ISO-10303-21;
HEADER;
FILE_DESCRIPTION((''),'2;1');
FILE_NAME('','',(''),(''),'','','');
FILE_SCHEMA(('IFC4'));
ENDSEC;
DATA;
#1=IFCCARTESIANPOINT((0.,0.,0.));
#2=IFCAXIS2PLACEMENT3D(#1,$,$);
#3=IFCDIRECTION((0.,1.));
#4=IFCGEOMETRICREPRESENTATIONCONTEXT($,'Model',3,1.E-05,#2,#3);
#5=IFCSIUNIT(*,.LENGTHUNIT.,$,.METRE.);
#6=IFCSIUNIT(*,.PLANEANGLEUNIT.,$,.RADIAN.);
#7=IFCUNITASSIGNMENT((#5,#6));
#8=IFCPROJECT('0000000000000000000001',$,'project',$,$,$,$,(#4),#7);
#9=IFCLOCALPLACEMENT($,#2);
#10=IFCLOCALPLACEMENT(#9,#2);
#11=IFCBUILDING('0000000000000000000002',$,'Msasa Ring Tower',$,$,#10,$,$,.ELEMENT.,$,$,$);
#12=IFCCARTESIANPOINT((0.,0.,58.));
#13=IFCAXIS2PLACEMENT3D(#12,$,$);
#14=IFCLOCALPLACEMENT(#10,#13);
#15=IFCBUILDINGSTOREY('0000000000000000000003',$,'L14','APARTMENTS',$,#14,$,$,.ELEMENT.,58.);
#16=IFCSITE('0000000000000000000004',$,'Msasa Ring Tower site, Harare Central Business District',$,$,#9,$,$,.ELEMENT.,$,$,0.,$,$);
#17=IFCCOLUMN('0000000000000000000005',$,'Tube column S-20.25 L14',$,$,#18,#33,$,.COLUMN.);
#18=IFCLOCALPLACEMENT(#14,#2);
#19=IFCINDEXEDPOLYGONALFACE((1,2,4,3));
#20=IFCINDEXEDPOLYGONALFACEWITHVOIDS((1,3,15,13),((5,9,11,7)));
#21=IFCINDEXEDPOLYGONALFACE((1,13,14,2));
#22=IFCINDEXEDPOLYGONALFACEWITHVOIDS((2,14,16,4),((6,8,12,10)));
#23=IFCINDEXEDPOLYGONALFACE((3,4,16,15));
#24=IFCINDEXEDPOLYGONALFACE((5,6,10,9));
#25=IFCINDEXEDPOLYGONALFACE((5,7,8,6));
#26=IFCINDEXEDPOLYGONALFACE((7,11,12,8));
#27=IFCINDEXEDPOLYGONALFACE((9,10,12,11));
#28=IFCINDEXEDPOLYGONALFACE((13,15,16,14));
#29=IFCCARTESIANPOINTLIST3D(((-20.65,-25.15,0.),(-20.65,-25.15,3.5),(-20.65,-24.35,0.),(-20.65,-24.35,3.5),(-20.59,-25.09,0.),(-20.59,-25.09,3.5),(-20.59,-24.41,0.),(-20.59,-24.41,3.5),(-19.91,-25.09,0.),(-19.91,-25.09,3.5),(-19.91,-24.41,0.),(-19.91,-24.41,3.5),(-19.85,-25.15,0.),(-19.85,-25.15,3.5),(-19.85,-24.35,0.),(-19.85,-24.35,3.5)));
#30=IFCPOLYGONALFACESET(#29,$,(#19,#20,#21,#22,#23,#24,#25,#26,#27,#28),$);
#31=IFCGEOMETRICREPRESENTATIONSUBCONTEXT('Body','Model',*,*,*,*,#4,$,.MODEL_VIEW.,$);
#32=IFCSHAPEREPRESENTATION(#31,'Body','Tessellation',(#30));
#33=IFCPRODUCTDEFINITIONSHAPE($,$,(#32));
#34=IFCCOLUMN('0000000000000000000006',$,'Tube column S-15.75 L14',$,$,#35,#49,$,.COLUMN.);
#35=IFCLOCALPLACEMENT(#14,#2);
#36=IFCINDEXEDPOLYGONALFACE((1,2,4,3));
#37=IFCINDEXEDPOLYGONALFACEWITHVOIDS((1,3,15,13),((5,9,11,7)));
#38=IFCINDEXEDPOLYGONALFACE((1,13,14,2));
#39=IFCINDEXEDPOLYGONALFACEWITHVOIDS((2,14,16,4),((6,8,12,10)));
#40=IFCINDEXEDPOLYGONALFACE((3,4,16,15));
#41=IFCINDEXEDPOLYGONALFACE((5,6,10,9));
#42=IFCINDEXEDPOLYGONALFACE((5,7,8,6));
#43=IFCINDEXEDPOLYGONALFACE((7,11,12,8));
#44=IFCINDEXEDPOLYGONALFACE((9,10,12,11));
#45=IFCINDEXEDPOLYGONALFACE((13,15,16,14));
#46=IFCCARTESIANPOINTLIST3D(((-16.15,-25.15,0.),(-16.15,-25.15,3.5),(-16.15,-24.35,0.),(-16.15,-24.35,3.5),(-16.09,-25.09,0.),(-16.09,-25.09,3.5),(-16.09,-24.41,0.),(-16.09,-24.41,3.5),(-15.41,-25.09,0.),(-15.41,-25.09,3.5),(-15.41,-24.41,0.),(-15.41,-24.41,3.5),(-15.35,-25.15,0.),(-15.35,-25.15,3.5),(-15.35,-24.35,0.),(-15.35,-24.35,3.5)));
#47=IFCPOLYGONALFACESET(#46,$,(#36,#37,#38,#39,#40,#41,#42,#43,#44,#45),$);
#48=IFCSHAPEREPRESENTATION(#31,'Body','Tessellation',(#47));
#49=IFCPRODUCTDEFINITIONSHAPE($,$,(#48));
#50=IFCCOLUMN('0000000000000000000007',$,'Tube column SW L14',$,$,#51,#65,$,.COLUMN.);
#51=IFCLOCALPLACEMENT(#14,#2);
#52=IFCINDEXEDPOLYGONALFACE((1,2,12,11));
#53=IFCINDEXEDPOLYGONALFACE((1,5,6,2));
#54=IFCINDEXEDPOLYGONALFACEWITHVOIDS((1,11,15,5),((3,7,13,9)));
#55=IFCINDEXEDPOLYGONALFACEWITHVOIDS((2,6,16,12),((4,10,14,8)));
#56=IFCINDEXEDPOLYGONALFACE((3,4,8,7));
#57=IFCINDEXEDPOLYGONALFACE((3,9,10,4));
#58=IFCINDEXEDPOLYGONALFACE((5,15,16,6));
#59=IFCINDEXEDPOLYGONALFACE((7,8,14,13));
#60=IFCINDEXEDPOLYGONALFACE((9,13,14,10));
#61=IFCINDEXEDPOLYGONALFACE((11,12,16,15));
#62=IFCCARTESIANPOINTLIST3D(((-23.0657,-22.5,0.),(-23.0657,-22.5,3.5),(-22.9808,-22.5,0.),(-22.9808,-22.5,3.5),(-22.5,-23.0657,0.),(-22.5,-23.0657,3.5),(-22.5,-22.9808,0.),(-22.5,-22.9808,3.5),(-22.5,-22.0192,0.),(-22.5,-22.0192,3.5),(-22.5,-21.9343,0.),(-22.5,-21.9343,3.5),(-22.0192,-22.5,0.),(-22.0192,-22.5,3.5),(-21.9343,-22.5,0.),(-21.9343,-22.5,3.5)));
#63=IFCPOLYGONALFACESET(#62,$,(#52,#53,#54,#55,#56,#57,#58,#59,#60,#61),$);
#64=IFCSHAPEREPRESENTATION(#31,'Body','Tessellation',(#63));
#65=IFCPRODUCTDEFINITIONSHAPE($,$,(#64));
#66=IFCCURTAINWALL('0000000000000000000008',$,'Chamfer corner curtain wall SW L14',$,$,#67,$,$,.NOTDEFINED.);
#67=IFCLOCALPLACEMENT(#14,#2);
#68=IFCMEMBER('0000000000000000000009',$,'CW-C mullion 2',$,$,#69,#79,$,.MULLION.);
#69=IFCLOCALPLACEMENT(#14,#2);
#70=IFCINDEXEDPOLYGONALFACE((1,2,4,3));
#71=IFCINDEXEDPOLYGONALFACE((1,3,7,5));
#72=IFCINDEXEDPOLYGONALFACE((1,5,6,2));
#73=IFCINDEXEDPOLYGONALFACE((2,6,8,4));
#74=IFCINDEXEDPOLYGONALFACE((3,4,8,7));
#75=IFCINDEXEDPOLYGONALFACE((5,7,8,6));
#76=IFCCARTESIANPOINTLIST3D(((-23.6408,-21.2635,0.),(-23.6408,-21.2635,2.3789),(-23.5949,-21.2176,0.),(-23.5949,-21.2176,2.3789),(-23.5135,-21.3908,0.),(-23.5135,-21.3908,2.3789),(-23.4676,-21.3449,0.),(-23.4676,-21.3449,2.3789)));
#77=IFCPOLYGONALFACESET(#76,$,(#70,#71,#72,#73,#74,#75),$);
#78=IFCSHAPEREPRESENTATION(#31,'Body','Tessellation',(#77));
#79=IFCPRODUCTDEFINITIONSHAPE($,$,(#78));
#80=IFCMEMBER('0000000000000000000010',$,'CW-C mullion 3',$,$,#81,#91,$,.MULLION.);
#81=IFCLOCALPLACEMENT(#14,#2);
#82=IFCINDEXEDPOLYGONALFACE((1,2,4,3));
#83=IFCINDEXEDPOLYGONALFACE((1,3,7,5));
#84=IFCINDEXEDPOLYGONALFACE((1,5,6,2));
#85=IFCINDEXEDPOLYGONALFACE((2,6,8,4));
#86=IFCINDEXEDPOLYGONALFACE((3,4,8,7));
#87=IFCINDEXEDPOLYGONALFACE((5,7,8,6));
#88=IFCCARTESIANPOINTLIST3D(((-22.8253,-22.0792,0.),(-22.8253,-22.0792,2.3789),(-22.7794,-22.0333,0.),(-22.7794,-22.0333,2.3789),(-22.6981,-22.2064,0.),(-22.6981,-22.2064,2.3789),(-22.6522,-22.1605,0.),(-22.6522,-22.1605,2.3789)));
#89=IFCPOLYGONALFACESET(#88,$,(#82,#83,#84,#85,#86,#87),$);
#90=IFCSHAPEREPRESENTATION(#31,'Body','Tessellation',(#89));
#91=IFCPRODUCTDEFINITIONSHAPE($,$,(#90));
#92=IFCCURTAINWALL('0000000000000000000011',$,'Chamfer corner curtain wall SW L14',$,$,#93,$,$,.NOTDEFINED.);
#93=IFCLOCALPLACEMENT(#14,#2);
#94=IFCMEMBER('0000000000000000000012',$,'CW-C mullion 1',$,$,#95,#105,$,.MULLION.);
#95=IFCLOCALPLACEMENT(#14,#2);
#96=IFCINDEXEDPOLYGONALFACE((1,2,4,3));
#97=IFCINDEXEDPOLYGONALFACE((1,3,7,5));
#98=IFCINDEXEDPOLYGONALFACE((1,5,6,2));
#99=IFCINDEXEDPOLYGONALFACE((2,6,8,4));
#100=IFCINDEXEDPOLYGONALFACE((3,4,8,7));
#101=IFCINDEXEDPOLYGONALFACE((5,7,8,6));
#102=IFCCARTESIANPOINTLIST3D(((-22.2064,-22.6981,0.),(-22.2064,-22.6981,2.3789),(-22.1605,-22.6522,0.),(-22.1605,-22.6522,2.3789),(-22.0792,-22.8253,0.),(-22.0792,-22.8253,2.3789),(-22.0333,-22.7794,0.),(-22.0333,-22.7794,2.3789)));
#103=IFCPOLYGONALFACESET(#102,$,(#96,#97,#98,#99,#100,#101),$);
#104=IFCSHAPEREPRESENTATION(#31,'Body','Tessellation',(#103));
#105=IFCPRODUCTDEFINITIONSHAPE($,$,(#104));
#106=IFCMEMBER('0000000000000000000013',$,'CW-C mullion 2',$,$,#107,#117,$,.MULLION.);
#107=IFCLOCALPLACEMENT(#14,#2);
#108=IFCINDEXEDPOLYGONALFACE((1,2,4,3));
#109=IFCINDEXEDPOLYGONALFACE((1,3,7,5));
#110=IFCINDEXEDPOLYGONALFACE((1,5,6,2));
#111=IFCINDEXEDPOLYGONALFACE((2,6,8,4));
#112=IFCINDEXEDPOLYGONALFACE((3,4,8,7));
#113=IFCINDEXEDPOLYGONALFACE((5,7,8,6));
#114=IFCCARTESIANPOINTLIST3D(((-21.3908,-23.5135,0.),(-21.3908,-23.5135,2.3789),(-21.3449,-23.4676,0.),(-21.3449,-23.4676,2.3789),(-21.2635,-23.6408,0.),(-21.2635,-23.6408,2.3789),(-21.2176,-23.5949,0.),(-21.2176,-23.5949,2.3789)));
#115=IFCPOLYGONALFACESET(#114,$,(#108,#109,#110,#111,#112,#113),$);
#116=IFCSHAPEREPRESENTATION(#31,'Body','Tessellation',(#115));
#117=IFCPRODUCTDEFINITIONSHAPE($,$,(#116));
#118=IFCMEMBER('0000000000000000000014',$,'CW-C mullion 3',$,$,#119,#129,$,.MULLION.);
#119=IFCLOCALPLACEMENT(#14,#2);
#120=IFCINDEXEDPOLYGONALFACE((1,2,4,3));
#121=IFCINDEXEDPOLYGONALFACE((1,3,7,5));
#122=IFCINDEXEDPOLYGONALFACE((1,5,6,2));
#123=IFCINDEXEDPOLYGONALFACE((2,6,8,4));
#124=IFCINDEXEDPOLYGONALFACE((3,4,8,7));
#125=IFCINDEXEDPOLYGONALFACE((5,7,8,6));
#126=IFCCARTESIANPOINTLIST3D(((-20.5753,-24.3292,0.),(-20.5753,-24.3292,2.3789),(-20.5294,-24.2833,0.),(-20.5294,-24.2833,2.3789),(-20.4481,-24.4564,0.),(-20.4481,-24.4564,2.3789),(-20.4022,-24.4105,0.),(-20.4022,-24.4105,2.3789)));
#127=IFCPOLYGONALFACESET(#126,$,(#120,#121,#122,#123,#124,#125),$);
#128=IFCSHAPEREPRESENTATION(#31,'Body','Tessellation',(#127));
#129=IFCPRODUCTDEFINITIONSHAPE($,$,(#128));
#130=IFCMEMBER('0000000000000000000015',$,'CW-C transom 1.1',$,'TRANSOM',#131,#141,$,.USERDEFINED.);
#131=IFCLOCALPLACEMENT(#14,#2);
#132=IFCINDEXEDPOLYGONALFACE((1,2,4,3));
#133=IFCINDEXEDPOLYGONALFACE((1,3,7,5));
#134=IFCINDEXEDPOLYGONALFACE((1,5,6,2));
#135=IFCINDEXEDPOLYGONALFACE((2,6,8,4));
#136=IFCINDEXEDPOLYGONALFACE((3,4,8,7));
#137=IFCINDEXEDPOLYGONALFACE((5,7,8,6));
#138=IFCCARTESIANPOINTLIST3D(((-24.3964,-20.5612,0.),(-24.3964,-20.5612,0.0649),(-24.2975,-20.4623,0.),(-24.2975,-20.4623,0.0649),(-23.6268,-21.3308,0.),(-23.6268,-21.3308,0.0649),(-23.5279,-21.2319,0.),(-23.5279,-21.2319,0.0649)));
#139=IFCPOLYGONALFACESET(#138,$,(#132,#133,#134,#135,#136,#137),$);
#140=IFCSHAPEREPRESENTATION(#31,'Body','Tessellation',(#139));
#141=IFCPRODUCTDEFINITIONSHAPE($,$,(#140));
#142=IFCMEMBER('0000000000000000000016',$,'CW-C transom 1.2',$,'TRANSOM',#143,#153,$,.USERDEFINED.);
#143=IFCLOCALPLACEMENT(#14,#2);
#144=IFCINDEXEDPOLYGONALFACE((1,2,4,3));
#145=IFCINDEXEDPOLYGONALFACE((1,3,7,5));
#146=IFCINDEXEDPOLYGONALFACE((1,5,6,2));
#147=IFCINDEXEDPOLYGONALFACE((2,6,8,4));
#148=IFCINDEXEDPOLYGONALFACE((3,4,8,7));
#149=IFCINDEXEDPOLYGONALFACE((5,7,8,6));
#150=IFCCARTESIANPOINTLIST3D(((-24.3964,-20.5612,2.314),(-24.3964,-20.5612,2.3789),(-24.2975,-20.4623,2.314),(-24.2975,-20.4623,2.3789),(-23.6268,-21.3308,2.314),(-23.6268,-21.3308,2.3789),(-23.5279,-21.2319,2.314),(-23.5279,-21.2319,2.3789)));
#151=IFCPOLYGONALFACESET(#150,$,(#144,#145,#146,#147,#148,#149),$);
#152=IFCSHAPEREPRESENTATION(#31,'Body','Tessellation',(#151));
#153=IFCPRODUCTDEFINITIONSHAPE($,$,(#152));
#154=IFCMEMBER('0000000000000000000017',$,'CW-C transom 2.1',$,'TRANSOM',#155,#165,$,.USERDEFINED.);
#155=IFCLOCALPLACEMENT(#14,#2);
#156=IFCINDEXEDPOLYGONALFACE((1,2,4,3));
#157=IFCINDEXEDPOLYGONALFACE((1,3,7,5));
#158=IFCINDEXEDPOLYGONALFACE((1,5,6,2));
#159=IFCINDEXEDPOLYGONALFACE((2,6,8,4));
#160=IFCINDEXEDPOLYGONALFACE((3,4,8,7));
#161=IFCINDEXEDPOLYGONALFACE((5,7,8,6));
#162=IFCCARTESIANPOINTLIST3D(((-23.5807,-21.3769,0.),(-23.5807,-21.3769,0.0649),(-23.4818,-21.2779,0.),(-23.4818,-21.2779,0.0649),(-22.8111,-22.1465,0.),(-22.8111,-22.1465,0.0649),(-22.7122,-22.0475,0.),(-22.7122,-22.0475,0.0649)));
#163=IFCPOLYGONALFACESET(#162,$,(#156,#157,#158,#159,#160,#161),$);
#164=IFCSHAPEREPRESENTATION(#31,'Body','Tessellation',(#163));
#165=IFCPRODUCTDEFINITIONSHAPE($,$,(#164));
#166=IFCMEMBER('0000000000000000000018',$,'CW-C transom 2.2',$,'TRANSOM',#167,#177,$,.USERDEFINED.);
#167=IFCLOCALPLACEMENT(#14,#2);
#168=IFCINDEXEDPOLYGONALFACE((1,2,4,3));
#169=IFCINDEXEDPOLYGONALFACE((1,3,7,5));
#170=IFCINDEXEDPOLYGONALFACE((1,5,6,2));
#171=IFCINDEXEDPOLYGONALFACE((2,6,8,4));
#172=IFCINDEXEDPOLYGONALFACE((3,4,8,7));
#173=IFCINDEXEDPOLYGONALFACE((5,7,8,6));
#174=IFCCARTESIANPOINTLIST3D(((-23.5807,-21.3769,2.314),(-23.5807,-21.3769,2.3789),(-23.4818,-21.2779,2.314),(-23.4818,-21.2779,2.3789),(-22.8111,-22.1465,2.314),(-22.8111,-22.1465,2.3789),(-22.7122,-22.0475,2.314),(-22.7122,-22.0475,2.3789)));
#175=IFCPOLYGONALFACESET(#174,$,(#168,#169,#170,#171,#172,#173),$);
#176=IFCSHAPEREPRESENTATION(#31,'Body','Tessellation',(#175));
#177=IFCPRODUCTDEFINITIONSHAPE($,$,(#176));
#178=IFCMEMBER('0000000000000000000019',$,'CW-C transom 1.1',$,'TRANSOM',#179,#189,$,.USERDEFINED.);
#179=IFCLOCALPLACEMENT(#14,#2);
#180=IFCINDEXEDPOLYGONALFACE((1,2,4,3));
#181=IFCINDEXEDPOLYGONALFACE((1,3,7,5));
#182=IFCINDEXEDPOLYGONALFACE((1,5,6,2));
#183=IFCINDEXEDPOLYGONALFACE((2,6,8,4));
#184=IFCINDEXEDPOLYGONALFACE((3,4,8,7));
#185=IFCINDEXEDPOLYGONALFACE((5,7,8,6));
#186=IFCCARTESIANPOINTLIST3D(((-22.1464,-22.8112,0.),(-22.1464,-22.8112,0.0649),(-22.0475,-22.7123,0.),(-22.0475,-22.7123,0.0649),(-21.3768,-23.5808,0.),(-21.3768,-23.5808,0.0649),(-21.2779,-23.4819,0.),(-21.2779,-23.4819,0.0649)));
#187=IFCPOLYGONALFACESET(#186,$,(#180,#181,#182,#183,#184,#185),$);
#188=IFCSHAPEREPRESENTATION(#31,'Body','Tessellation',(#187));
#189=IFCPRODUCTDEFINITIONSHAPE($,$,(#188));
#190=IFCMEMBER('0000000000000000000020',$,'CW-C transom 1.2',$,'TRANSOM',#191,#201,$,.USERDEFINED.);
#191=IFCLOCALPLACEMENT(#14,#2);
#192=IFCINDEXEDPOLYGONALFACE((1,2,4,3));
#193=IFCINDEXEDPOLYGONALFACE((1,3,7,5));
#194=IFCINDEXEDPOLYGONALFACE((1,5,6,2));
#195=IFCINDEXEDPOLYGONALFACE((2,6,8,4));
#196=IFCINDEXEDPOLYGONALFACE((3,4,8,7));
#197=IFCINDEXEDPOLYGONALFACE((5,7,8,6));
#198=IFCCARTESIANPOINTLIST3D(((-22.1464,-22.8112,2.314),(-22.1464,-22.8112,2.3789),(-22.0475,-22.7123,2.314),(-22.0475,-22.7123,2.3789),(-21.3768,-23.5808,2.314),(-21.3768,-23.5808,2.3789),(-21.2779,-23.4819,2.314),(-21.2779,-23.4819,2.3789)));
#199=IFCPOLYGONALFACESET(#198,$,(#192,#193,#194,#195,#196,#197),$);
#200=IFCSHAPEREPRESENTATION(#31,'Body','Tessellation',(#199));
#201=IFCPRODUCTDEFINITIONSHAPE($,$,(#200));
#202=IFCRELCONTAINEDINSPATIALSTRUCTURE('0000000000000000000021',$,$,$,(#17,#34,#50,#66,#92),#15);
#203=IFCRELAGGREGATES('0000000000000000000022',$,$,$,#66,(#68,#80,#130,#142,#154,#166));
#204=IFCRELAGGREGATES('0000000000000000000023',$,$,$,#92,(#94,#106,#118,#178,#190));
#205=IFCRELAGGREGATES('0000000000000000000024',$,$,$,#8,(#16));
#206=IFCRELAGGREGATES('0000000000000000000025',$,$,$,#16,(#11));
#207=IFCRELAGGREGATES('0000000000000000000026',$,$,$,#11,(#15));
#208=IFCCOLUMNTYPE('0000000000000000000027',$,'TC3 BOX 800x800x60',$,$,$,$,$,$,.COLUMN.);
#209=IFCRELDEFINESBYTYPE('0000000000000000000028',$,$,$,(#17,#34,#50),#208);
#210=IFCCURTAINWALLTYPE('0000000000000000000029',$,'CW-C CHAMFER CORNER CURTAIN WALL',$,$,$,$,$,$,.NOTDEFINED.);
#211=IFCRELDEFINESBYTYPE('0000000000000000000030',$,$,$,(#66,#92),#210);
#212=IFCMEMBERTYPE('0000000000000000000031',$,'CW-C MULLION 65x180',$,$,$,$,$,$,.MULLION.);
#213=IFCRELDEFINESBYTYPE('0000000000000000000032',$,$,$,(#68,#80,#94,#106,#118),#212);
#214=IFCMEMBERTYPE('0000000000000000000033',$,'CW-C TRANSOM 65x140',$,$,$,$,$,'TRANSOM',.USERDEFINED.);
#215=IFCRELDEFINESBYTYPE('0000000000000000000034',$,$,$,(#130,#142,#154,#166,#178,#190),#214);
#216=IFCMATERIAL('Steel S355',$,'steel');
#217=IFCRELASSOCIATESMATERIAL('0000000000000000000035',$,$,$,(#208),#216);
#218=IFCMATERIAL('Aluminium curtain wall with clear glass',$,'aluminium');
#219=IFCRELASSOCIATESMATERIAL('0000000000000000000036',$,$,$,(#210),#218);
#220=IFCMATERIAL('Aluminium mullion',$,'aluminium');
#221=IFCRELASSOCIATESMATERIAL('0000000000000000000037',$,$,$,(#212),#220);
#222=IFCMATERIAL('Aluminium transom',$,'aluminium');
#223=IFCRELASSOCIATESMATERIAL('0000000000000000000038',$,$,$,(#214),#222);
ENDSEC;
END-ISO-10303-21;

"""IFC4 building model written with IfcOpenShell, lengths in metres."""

from ifc_helpers import new_model, si_unit, direction, frame, origin, origin_2d, place, context, subcontext, project, spatial, rectangle, hollow_rectangle, extrude, material, material_profile, profile_set, type_object, element, aggregate, save


model = new_model("IFC4")

# Units and contexts
model_context = context("Model", 3, precision=1e-05, world=origin(), true_north=direction((0.0, 1.0)))
body_context = subcontext(model_context, "Body", "Model", "MODEL_VIEW")
ifc_project = project(units=[si_unit("LENGTHUNIT", "METRE"), si_unit("PLANEANGLEUNIT", "RADIAN")], contexts=[model_context])

# Site, building, storey
site_placement = place(None, origin())
site = spatial("IfcSite", under=ifc_project, at=site_placement, Name="Msasa Ring Tower site, Harare Central Business District", CompositionType="ELEMENT", RefElevation=0.0)
building_placement = place(site_placement, origin())
building = spatial("IfcBuilding", under=site, at=building_placement, Name="Msasa Ring Tower", CompositionType="ELEMENT")
storey_placement = place(building_placement, frame((0.0, 0.0, 58.0)))
storey = spatial("IfcBuildingStorey", under=building, at=storey_placement, Name="L14", Description="APARTMENTS", CompositionType="ELEMENT", Elevation=58.0)

# Columns
ifc_material_1 = material(Name="Steel S355", Category="steel")
ifc_material_profile_1 = material_profile(ifc_material_1, hollow_rectangle(XDim=0.8, YDim=0.8, WallThickness=0.0601, at=origin_2d()), Name="BOX 800x800x60")
ifc_profile_set_1 = profile_set([ifc_material_profile_1], Name="Steel S355")
column_type = type_object("IfcColumnType", Name="TC3 BOX 800x800x60", PredefinedType="COLUMN", material=ifc_profile_set_1)
for number, where, z_axis, x_axis, name in (
    (1, (-20.25, -24.75, 0.0), (0.0, 0.0, 1.0), (0.0, 1.0, 0.0), "Tube column S-20.25 L14"),
    (2, (-15.75, -24.75, 0.0), (0.0, 0.0, 1.0), (0.0, 1.0, 0.0), "Tube column S-15.75 L14"),
    (3, (-22.5, -22.5, 0.0), (0.0, 0.0, 1.0), (0.707107, 0.707107, 0.0), "Tube column SW L14"),
):
    element("IfcColumn", number, at=place(storey_placement, frame(where, z_axis=z_axis, x_axis=x_axis)), inside=storey, type_object=column_type, Name=name, PredefinedType="COLUMN", context=body_context, shape_type="SweptSolid", body=[
        extrude(hollow_rectangle(XDim=0.8, YDim=0.8, WallThickness=0.0601, at=origin_2d()), origin(), (0.0, 0.0, 1.0), 3.5),
    ])

# Curtain walls, members
ifc_material_2 = material(Name="Aluminium curtain wall with clear glass", Category="aluminium")
curtain_wall_type = type_object("IfcCurtainWallType", Name="CW-C CHAMFER CORNER CURTAIN WALL", PredefinedType="NOTDEFINED", material=ifc_material_2)
curtain_wall_1_placement = place(storey_placement, origin())
curtain_wall_1 = element("IfcCurtainWall", 4, at=curtain_wall_1_placement, inside=storey, type_object=curtain_wall_type, Name="Chamfer corner curtain wall SW L14", PredefinedType="NOTDEFINED")
ifc_material_3 = material(Name="Aluminium mullion", Category="aluminium")
ifc_material_profile_2 = material_profile(ifc_material_3, rectangle(XDim=0.0649, YDim=0.1799, at=origin_2d()), Name="AL 65x180")
ifc_profile_set_2 = profile_set([ifc_material_profile_2], Name="Aluminium mullion")
member_type_1 = type_object("IfcMemberType", Name="CW-C MULLION 65x180", PredefinedType="MULLION", material=ifc_profile_set_2)
member_1_placement = place(storey_placement, frame((-23.5542, -21.3042, 0.0), z_axis=(0.0, 0.0, 1.0), x_axis=(0.707107, 0.707107, 0.0)))
member_1 = element("IfcMember", 5, at=member_1_placement, type_object=member_type_1, Name="CW-C mullion 2", PredefinedType="MULLION", context=body_context, shape_type="SweptSolid", body=[
    extrude(rectangle(XDim=0.0649, YDim=0.1799, at=origin_2d()), origin(), (0.0, 0.0, 1.0), 2.3789),
])
member_2_placement = place(storey_placement, frame((-22.7388, -22.1199, 0.0), z_axis=(0.0, 0.0, 1.0), x_axis=(0.707107, 0.707107, 0.0)))
member_2 = element("IfcMember", 6, at=member_2_placement, type_object=member_type_1, Name="CW-C mullion 3", PredefinedType="MULLION", context=body_context, shape_type="SweptSolid", body=[
    extrude(rectangle(XDim=0.0649, YDim=0.1799, at=origin_2d()), origin(), (0.0, 0.0, 1.0), 2.3789),
])
curtain_wall_2_placement = place(storey_placement, origin())
curtain_wall_2 = element("IfcCurtainWall", 7, at=curtain_wall_2_placement, inside=storey, type_object=curtain_wall_type, Name="Chamfer corner curtain wall SW L14", PredefinedType="NOTDEFINED")
member_3_placement = place(storey_placement, frame((-22.1199, -22.7388, 0.0), z_axis=(0.0, 0.0, 1.0), x_axis=(0.707107, 0.707107, 0.0)))
member_3 = element("IfcMember", 8, at=member_3_placement, type_object=member_type_1, Name="CW-C mullion 1", PredefinedType="MULLION", context=body_context, shape_type="SweptSolid", body=[
    extrude(rectangle(XDim=0.0649, YDim=0.1799, at=origin_2d()), origin(), (0.0, 0.0, 1.0), 2.3789),
])
member_4_placement = place(storey_placement, frame((-21.3042, -23.5542, 0.0), z_axis=(0.0, 0.0, 1.0), x_axis=(0.707107, 0.707107, 0.0)))
member_4 = element("IfcMember", 9, at=member_4_placement, type_object=member_type_1, Name="CW-C mullion 2", PredefinedType="MULLION", context=body_context, shape_type="SweptSolid", body=[
    extrude(rectangle(XDim=0.0649, YDim=0.1799, at=origin_2d()), origin(), (0.0, 0.0, 1.0), 2.3789),
])
member_5_placement = place(storey_placement, frame((-20.4888, -24.3699, 0.0), z_axis=(0.0, 0.0, 1.0), x_axis=(0.707107, 0.707107, 0.0)))
member_5 = element("IfcMember", 10, at=member_5_placement, type_object=member_type_1, Name="CW-C mullion 3", PredefinedType="MULLION", context=body_context, shape_type="SweptSolid", body=[
    extrude(rectangle(XDim=0.0649, YDim=0.1799, at=origin_2d()), origin(), (0.0, 0.0, 1.0), 2.3789),
])

# Members
ifc_material_4 = material(Name="Aluminium transom", Category="aluminium")
ifc_material_profile_3 = material_profile(ifc_material_4, rectangle(XDim=0.1399, YDim=0.0649, at=origin_2d()), Name="AL 65x140")
ifc_profile_set_3 = profile_set([ifc_material_profile_3], Name="Aluminium transom")
member_type_2 = type_object("IfcMemberType", Name="CW-C TRANSOM 65x140", ElementType="TRANSOM", PredefinedType="USERDEFINED", material=ifc_profile_set_3)
member_6_placement = place(storey_placement, frame((-24.3469, -20.5117, 0.0325), z_axis=(0.707107, -0.707107, 0.0), x_axis=(0.707107, 0.707107, 0.0)))
member_6 = element("IfcMember", 11, at=member_6_placement, type_object=member_type_2, Name="CW-C transom 1.1", ObjectType="TRANSOM", PredefinedType="USERDEFINED", context=body_context, shape_type="SweptSolid", body=[
    extrude(rectangle(XDim=0.1399, YDim=0.0649, at=origin_2d()), origin(), (0.0, 0.0, 1.0), 1.0884),
])
member_7_placement = place(storey_placement, frame((-24.3469, -20.5117, 2.3464), z_axis=(0.707107, -0.707107, 0.0), x_axis=(0.707107, 0.707107, 0.0)))
member_7 = element("IfcMember", 12, at=member_7_placement, type_object=member_type_2, Name="CW-C transom 1.2", ObjectType="TRANSOM", PredefinedType="USERDEFINED", context=body_context, shape_type="SweptSolid", body=[
    extrude(rectangle(XDim=0.1399, YDim=0.0649, at=origin_2d()), origin(), (0.0, 0.0, 1.0), 1.0884),
])
member_8_placement = place(storey_placement, frame((-23.5312, -21.3274, 0.0325), z_axis=(0.707107, -0.707107, 0.0), x_axis=(0.707107, 0.707107, 0.0)))
member_8 = element("IfcMember", 13, at=member_8_placement, type_object=member_type_2, Name="CW-C transom 2.1", ObjectType="TRANSOM", PredefinedType="USERDEFINED", context=body_context, shape_type="SweptSolid", body=[
    extrude(rectangle(XDim=0.1399, YDim=0.0649, at=origin_2d()), origin(), (0.0, 0.0, 1.0), 1.0884),
])
member_9_placement = place(storey_placement, frame((-23.5312, -21.3274, 2.3464), z_axis=(0.707107, -0.707107, 0.0), x_axis=(0.707107, 0.707107, 0.0)))
member_9 = element("IfcMember", 14, at=member_9_placement, type_object=member_type_2, Name="CW-C transom 2.2", ObjectType="TRANSOM", PredefinedType="USERDEFINED", context=body_context, shape_type="SweptSolid", body=[
    extrude(rectangle(XDim=0.1399, YDim=0.0649, at=origin_2d()), origin(), (0.0, 0.0, 1.0), 1.0884),
])
member_10_placement = place(storey_placement, frame((-22.0969, -22.7617, 0.0325), z_axis=(0.707107, -0.707107, 0.0), x_axis=(0.707107, 0.707107, 0.0)))
member_10 = element("IfcMember", 15, at=member_10_placement, type_object=member_type_2, Name="CW-C transom 1.1", ObjectType="TRANSOM", PredefinedType="USERDEFINED", context=body_context, shape_type="SweptSolid", body=[
    extrude(rectangle(XDim=0.1399, YDim=0.0649, at=origin_2d()), origin(), (0.0, 0.0, 1.0), 1.0884),
])
member_11_placement = place(storey_placement, frame((-22.0969, -22.7617, 2.3464), z_axis=(0.707107, -0.707107, 0.0), x_axis=(0.707107, 0.707107, 0.0)))
member_11 = element("IfcMember", 16, at=member_11_placement, type_object=member_type_2, Name="CW-C transom 1.2", ObjectType="TRANSOM", PredefinedType="USERDEFINED", context=body_context, shape_type="SweptSolid", body=[
    extrude(rectangle(XDim=0.1399, YDim=0.0649, at=origin_2d()), origin(), (0.0, 0.0, 1.0), 1.0884),
])

aggregate(curtain_wall_1, [member_1, member_2, member_6, member_7, member_8, member_9])
aggregate(curtain_wall_2, [member_3, member_4, member_5, member_10, member_11])

save(model, "model.ifc")
